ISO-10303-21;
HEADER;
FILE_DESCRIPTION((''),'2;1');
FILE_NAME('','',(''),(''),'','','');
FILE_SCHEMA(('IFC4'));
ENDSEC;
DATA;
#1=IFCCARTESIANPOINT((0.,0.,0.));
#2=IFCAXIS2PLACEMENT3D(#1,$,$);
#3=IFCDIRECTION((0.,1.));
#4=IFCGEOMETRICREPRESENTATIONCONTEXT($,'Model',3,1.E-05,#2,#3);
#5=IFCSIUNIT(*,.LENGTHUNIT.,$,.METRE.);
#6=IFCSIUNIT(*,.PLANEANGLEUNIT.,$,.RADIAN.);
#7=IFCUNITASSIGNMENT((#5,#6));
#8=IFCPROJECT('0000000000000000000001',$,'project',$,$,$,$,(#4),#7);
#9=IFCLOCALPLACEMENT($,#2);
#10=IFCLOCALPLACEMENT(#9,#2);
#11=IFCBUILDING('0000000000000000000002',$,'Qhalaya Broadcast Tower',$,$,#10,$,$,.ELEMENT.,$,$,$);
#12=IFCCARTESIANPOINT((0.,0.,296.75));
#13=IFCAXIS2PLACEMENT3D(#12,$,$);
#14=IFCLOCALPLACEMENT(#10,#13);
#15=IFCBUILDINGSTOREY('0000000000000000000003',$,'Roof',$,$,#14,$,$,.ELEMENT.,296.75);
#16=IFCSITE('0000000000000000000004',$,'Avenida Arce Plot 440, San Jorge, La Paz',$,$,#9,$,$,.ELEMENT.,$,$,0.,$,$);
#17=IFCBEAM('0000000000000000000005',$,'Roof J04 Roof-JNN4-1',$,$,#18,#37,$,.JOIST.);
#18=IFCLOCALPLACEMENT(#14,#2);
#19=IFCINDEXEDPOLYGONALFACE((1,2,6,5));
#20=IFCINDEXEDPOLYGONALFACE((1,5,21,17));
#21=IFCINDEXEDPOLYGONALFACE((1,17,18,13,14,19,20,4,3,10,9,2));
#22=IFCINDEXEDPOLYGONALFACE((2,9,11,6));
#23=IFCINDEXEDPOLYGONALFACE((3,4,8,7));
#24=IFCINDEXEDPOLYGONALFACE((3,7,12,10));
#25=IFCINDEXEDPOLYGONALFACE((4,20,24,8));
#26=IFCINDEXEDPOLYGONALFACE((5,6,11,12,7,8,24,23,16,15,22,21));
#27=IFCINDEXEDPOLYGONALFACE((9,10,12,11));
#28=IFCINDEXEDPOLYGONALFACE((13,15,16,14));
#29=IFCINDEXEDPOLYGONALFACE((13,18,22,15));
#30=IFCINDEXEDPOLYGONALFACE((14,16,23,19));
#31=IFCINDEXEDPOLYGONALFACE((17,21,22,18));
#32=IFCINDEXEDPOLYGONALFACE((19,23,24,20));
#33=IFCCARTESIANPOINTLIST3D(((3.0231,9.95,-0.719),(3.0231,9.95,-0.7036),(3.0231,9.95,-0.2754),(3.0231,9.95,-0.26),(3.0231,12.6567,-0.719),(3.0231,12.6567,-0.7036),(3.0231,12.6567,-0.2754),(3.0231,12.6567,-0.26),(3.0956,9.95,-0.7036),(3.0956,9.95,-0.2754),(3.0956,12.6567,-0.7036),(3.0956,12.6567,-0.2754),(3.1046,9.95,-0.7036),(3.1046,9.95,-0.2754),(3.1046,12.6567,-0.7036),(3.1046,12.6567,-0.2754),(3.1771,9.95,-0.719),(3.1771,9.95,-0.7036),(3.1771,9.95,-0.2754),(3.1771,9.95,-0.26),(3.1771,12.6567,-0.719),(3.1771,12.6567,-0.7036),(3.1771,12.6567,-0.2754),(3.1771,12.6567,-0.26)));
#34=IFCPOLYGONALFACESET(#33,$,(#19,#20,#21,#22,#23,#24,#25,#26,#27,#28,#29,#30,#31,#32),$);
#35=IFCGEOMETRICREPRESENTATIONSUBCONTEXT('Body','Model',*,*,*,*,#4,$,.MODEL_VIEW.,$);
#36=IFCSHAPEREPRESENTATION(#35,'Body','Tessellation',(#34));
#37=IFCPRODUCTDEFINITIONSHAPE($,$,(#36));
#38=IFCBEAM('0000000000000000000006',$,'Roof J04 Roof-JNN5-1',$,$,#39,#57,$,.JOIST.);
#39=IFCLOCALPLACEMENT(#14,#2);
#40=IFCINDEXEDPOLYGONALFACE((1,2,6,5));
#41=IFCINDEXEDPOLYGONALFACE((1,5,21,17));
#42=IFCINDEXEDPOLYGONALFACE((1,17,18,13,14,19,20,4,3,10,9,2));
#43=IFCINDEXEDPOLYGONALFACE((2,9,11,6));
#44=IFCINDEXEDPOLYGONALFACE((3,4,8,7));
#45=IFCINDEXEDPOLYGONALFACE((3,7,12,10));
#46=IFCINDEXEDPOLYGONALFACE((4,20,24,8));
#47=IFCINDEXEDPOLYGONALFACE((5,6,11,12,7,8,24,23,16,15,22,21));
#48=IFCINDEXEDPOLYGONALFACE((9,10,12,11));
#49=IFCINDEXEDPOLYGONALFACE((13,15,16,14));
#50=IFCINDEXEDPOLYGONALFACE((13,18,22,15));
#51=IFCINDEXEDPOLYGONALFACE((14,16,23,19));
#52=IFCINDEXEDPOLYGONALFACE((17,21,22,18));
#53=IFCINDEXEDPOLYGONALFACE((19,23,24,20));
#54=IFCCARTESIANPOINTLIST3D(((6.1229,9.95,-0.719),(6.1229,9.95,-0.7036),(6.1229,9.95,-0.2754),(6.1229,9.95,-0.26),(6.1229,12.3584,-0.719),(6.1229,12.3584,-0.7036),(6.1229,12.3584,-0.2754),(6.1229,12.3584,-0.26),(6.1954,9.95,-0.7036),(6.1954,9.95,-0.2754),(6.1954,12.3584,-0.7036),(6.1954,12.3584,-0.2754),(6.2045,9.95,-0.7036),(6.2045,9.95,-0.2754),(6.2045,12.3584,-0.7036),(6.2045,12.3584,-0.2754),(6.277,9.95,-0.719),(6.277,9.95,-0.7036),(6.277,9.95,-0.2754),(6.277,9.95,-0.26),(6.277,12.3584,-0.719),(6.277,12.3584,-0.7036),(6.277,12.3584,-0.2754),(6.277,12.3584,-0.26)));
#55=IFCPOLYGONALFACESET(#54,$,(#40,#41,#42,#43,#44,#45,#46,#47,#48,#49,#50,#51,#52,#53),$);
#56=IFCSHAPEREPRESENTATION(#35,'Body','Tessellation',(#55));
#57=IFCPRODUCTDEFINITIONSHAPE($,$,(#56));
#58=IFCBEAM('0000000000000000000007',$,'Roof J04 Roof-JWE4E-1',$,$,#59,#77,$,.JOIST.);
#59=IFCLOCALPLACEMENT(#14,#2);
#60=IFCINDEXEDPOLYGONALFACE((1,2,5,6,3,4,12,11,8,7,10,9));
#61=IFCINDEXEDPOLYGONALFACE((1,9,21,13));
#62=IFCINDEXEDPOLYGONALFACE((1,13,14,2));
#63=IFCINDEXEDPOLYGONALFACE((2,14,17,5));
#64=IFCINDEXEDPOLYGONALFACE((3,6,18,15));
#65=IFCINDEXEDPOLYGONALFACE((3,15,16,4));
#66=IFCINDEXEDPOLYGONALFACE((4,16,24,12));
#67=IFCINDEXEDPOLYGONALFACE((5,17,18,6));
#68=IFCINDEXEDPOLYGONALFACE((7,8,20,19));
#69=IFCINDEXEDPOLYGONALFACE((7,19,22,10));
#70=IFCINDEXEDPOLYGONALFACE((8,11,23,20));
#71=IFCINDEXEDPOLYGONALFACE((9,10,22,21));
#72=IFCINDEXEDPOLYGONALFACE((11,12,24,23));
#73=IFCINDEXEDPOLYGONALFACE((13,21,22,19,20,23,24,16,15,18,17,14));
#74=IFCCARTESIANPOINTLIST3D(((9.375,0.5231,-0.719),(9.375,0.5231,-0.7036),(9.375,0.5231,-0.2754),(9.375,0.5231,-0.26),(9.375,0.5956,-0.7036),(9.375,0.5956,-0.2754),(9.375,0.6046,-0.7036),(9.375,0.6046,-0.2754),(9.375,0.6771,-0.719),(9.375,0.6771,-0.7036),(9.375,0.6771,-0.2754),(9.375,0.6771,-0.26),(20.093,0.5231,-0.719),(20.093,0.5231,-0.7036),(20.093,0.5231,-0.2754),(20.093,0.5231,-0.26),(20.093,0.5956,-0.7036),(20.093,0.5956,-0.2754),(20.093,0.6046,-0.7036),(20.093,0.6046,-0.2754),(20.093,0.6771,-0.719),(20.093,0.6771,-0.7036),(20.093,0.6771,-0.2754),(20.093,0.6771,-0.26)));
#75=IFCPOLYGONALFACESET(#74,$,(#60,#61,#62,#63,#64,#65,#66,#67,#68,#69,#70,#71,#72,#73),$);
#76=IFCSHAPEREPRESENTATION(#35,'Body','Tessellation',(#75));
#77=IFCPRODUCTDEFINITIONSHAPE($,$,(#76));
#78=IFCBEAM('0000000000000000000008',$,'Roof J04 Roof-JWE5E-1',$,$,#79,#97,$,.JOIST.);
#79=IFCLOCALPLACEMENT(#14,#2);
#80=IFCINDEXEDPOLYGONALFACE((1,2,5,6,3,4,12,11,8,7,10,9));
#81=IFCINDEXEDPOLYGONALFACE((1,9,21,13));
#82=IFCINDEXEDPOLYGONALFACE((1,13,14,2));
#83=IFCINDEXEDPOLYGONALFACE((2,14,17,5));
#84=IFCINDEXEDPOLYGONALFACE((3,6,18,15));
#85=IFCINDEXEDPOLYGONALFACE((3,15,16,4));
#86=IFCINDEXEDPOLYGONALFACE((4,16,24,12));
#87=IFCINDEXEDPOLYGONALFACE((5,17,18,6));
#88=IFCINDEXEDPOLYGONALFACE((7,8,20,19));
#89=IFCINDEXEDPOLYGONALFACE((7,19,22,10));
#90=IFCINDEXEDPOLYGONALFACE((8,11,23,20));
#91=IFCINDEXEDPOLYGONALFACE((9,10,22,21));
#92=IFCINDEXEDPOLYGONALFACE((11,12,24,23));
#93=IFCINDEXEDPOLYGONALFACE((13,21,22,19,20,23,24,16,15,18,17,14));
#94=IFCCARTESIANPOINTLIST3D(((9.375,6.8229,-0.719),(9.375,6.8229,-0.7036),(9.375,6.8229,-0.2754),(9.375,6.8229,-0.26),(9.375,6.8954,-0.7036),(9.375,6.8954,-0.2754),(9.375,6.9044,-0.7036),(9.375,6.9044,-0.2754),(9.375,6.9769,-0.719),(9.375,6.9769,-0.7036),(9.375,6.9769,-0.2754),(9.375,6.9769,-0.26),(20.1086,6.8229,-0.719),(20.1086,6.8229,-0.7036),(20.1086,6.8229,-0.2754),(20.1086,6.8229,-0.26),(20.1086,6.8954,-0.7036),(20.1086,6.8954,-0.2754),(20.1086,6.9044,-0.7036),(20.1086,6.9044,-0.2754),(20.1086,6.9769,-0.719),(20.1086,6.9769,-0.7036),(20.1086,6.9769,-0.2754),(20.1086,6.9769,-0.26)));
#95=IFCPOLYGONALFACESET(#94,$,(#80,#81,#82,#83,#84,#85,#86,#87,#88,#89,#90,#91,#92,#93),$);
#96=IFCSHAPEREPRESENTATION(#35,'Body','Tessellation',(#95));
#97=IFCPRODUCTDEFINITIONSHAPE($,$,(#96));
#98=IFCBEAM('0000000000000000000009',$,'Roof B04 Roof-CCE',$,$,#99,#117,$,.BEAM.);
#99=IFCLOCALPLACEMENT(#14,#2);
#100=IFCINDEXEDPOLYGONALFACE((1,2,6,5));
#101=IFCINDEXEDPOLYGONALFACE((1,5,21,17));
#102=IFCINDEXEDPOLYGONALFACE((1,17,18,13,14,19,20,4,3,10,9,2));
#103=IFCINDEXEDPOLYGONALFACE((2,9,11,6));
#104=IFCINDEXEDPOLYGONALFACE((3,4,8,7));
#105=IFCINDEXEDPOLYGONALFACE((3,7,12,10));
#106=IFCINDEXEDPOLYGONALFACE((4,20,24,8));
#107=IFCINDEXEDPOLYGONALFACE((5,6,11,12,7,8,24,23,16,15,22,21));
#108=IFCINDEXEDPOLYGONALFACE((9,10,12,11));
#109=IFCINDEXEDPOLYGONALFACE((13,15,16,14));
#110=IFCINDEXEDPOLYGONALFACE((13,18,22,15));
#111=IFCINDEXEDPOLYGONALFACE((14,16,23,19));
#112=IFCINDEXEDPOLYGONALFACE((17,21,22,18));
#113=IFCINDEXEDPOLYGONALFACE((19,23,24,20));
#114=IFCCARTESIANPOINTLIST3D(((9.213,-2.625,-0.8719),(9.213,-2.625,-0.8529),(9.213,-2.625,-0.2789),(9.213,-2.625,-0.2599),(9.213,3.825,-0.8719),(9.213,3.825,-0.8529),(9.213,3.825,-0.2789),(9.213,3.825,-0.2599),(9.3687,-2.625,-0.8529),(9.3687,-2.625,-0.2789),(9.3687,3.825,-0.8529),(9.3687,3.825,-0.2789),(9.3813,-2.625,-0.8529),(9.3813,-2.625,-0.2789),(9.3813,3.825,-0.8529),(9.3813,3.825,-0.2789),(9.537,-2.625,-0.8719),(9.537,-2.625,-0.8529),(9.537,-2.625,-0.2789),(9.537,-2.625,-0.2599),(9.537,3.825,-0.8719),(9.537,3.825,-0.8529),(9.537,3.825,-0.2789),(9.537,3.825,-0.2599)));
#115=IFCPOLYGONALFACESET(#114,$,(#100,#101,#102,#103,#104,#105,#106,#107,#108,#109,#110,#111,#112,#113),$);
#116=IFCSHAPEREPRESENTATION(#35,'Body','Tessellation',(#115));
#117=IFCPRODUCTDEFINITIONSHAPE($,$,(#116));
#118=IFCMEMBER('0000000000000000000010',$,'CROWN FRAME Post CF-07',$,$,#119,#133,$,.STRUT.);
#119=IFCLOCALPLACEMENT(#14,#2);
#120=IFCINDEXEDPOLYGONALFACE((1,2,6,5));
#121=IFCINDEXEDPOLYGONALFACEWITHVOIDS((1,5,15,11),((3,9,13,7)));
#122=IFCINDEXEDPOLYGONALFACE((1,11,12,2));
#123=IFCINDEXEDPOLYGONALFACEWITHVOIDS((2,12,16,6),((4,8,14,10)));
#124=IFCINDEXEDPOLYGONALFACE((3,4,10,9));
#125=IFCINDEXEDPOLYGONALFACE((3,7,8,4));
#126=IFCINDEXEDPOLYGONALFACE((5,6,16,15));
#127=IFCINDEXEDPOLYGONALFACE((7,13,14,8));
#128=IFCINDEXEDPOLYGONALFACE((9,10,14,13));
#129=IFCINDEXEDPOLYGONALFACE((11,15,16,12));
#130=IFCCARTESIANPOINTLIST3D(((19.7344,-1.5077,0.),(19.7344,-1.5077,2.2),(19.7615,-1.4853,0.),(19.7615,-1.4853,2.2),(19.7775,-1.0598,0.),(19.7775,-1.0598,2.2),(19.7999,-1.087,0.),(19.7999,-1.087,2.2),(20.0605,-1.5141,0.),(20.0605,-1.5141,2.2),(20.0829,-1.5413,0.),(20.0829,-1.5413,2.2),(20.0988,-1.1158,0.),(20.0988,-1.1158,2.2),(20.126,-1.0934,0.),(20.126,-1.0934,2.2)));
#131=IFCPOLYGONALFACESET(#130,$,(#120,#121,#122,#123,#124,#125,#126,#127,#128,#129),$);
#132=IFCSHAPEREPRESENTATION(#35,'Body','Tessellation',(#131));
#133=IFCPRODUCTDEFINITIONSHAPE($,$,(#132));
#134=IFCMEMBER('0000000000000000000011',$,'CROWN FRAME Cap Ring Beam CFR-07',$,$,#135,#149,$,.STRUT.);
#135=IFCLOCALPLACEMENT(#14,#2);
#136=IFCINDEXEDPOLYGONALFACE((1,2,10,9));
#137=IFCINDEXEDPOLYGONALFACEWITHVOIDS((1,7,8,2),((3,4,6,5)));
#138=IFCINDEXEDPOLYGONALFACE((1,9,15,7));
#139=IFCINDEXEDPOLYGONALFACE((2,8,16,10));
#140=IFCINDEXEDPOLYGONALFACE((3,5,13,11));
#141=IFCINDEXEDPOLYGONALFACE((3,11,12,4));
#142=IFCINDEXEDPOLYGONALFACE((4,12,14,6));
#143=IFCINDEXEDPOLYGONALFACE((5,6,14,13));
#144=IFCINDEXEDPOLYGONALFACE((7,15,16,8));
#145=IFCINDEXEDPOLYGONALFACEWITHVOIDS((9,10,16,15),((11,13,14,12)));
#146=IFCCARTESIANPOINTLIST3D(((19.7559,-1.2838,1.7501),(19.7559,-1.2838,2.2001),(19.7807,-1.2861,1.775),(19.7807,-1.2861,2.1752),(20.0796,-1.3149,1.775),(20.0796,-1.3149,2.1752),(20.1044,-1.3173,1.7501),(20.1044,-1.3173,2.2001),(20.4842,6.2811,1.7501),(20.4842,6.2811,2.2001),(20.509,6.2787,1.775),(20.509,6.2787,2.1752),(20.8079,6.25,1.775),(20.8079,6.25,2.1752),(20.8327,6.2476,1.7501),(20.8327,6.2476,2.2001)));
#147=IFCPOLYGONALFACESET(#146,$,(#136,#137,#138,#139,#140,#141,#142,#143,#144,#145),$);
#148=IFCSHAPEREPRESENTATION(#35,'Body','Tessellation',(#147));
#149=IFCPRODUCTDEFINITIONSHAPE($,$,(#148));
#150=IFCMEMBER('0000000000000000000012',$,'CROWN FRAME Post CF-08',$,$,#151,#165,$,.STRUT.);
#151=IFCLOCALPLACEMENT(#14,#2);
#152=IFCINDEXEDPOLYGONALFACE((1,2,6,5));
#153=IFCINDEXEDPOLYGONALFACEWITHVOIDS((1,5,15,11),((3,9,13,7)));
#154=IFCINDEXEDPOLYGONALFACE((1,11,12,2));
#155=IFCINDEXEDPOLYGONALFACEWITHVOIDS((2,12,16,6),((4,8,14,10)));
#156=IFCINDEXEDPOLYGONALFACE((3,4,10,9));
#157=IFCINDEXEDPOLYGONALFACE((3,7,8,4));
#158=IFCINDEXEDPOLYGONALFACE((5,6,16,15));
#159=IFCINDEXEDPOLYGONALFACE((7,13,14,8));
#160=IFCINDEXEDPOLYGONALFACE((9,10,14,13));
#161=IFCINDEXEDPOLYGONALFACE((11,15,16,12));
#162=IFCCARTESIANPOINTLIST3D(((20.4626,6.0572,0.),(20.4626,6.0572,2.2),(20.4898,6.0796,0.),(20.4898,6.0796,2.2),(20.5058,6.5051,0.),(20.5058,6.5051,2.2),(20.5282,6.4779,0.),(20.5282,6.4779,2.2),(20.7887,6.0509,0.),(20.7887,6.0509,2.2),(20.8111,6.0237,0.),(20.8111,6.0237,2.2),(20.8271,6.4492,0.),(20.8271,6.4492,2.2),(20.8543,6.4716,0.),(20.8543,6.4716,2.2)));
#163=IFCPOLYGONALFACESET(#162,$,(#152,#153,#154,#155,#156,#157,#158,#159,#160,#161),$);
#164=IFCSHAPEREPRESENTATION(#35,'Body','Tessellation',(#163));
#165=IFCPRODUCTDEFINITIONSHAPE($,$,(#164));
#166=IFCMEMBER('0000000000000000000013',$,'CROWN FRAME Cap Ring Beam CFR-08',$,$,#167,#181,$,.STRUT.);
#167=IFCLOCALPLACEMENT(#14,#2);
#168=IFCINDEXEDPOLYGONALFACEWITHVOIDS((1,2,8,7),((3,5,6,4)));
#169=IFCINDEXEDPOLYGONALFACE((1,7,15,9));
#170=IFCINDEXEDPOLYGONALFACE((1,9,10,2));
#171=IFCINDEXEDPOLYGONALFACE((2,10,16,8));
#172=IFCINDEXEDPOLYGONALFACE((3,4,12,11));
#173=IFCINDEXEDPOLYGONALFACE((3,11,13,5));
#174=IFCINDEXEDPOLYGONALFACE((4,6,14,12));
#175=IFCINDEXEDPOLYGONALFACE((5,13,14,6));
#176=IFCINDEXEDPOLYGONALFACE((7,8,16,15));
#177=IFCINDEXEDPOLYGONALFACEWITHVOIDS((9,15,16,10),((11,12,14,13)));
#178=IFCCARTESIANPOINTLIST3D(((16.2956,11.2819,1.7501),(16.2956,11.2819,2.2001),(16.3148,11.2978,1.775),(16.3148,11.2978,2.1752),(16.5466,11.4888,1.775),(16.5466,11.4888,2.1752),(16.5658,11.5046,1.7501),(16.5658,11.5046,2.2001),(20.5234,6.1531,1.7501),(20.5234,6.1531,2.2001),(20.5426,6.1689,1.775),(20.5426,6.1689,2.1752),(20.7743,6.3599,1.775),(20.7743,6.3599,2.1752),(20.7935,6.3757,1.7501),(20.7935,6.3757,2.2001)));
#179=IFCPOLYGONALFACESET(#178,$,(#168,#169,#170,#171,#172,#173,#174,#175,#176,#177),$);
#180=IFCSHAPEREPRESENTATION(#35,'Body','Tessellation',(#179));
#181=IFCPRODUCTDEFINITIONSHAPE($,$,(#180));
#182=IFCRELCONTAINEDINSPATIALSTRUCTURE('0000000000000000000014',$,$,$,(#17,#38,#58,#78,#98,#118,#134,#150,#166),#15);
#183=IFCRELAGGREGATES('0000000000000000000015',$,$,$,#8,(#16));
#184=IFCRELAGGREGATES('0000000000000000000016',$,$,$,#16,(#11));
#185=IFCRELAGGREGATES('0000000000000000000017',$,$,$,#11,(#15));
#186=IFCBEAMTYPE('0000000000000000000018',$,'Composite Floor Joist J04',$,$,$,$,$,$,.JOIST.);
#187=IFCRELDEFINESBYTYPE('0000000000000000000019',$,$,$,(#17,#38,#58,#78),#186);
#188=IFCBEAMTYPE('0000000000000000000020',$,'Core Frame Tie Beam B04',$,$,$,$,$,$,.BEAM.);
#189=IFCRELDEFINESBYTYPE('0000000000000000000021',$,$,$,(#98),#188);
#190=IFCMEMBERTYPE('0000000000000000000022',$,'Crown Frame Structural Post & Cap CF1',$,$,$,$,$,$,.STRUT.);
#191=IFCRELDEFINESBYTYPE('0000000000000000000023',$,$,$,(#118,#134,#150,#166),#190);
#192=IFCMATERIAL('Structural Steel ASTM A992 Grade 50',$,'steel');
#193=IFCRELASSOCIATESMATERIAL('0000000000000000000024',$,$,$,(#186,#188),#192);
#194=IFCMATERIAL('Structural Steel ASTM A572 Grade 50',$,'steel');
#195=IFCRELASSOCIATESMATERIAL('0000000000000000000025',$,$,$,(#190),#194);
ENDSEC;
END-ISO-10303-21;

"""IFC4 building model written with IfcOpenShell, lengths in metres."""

from ifc_helpers import new_model, si_unit, direction, frame, origin, origin_2d, place, context, subcontext, project, spatial, hollow_rectangle, i_section, extrude, material, material_profile, profile_set, type_object, element, save


model = new_model("IFC4")

# Units and contexts
model_context = context("Model", 3, precision=1e-05, world=origin(), true_north=direction((0.0, 1.0)))
body_context = subcontext(model_context, "Body", "Model", "MODEL_VIEW")
ifc_project = project(units=[si_unit("LENGTHUNIT", "METRE"), si_unit("PLANEANGLEUNIT", "RADIAN")], contexts=[model_context])

# Site, building, storey
site_placement = place(None, origin())
site = spatial("IfcSite", under=ifc_project, at=site_placement, Name="Avenida Arce Plot 440, San Jorge, La Paz", CompositionType="ELEMENT", RefElevation=0.0)
building_placement = place(site_placement, origin())
building = spatial("IfcBuilding", under=site, at=building_placement, Name="Qhalaya Broadcast Tower", CompositionType="ELEMENT")
storey_placement = place(building_placement, frame((0.0, 0.0, 296.75)))
storey = spatial("IfcBuildingStorey", under=building, at=storey_placement, Name="Roof", CompositionType="ELEMENT", Elevation=296.75)

# Beams
ifc_material_1 = material(Name="Structural Steel ASTM A992 Grade 50", Category="steel")
ifc_material_profile_1 = material_profile(ifc_material_1, i_section(OverallWidth=0.1541, OverallDepth=0.459, WebThickness=0.009, FlangeThickness=0.0154, at=origin_2d()), Name="W18X46")
ifc_profile_set_1 = profile_set([ifc_material_profile_1], Name="Structural Steel ASTM A992 Grade 50")
beam_type_1 = type_object("IfcBeamType", Name="Composite Floor Joist J04", PredefinedType="JOIST", material=ifc_profile_set_1)
beam_1_placement = place(storey_placement, frame((3.1001, 9.95, -0.4895), z_axis=(0.0, 1.0, 0.0), x_axis=(-1.0, 0.0, 0.0)))
element("IfcBeam", 1, at=beam_1_placement, inside=storey, type_object=beam_type_1, Name="Roof J04 Roof-JNN4-1", PredefinedType="JOIST", context=body_context, shape_type="SweptSolid", body=[
    extrude(i_section(OverallWidth=0.1541, OverallDepth=0.459, WebThickness=0.009, FlangeThickness=0.0154, at=origin_2d()), origin(), (0.0, 0.0, 1.0), 2.7068),
])
beam_2_placement = place(storey_placement, frame((6.2, 9.95, -0.4895), z_axis=(0.0, 1.0, 0.0), x_axis=(-1.0, 0.0, 0.0)))
element("IfcBeam", 2, at=beam_2_placement, inside=storey, type_object=beam_type_1, Name="Roof J04 Roof-JNN5-1", PredefinedType="JOIST", context=body_context, shape_type="SweptSolid", body=[
    extrude(i_section(OverallWidth=0.1541, OverallDepth=0.459, WebThickness=0.009, FlangeThickness=0.0154, at=origin_2d()), origin(), (0.0, 0.0, 1.0), 2.4084),
])
beam_3_placement = place(storey_placement, frame((9.375, 0.6001, -0.4895), z_axis=(1.0, 0.0, 0.0), x_axis=(0.0, 1.0, 0.0)))
element("IfcBeam", 3, at=beam_3_placement, inside=storey, type_object=beam_type_1, Name="Roof J04 Roof-JWE4E-1", PredefinedType="JOIST", context=body_context, shape_type="SweptSolid", body=[
    extrude(i_section(OverallWidth=0.1541, OverallDepth=0.459, WebThickness=0.009, FlangeThickness=0.0154, at=origin_2d()), origin(), (0.0, 0.0, 1.0), 10.718),
])
beam_4_placement = place(storey_placement, frame((9.375, 6.8999, -0.4895), z_axis=(1.0, 0.0, 0.0), x_axis=(0.0, 1.0, 0.0)))
element("IfcBeam", 4, at=beam_4_placement, inside=storey, type_object=beam_type_1, Name="Roof J04 Roof-JWE5E-1", PredefinedType="JOIST", context=body_context, shape_type="SweptSolid", body=[
    extrude(i_section(OverallWidth=0.1541, OverallDepth=0.459, WebThickness=0.009, FlangeThickness=0.0154, at=origin_2d()), origin(), (0.0, 0.0, 1.0), 10.7336),
])
ifc_material_profile_2 = material_profile(ifc_material_1, i_section(OverallWidth=0.324, OverallDepth=0.6121, WebThickness=0.0127, FlangeThickness=0.019, at=origin_2d()), Name="W24X104")
ifc_profile_set_2 = profile_set([ifc_material_profile_2], Name="Structural Steel ASTM A992 Grade 50")
beam_type_2 = type_object("IfcBeamType", Name="Core Frame Tie Beam B04", PredefinedType="BEAM", material=ifc_profile_set_2)
beam_5_placement = place(storey_placement, frame((9.375, -2.625, -0.5659), z_axis=(0.0, 1.0, 0.0), x_axis=(-1.0, 0.0, 0.0)))
element("IfcBeam", 5, at=beam_5_placement, inside=storey, type_object=beam_type_2, Name="Roof B04 Roof-CCE", PredefinedType="BEAM", context=body_context, shape_type="SweptSolid", body=[
    extrude(i_section(OverallWidth=0.324, OverallDepth=0.6121, WebThickness=0.0127, FlangeThickness=0.019, at=origin_2d()), origin(), (0.0, 0.0, 1.0), 6.45),
])

# Members
ifc_material_2 = material(Name="Structural Steel ASTM A572 Grade 50", Category="steel")
ifc_material_profile_3 = material_profile(ifc_material_2, hollow_rectangle(XDim=0.3501, YDim=0.45, WallThickness=0.0249, at=origin_2d()), Name="BOX 350x450x25")
ifc_profile_set_3 = profile_set([ifc_material_profile_3], Name="Structural Steel ASTM A572 Grade 50")
member_type = type_object("IfcMemberType", Name="Crown Frame Structural Post & Cap CF1", PredefinedType="STRUT", material=ifc_profile_set_3)
member_1_placement = place(storey_placement, frame((19.9302, -1.3005, 0.0), z_axis=(0.0, 0.0, 1.0), x_axis=(0.995396, -0.095846, 0.0)))
element("IfcMember", 6, at=member_1_placement, inside=storey, type_object=member_type, Name="CROWN FRAME Post CF-07", PredefinedType="STRUT", context=body_context, shape_type="SweptSolid", body=[
    extrude(hollow_rectangle(XDim=0.3501, YDim=0.45, WallThickness=0.0249, at=origin_2d()), origin(), (0.0, 0.0, 1.0), 2.2),
])
member_2_placement = place(storey_placement, frame((19.9302, -1.3005, 1.9751), z_axis=(0.095826, 0.995398, 0.0), x_axis=(-0.995398, 0.095826, 0.0)))
element("IfcMember", 7, at=member_2_placement, inside=storey, type_object=member_type, Name="CROWN FRAME Cap Ring Beam CFR-07", PredefinedType="STRUT", context=body_context, shape_type="SweptSolid", body=[
    extrude(hollow_rectangle(XDim=0.3501, YDim=0.45, WallThickness=0.0249, at=origin_2d()), origin(), (0.0, 0.0, 1.0), 7.5999),
])
member_3_placement = place(storey_placement, frame((20.6584, 6.2644, 0.0), z_axis=(0.0, 0.0, 1.0), x_axis=(0.995396, -0.095846, 0.0)))
element("IfcMember", 8, at=member_3_placement, inside=storey, type_object=member_type, Name="CROWN FRAME Post CF-08", PredefinedType="STRUT", context=body_context, shape_type="SweptSolid", body=[
    extrude(hollow_rectangle(XDim=0.3501, YDim=0.45, WallThickness=0.0249, at=origin_2d()), origin(), (0.0, 0.0, 1.0), 2.2),
])
member_4_placement = place(storey_placement, frame((20.6584, 6.2644, 1.9751), z_axis=(-0.636064, 0.771636, 0.0), x_axis=(-0.771636, -0.636064, 0.0)))
element("IfcMember", 9, at=member_4_placement, inside=storey, type_object=member_type, Name="CROWN FRAME Cap Ring Beam CFR-08", PredefinedType="STRUT", context=body_context, shape_type="SweptSolid", body=[
    extrude(hollow_rectangle(XDim=0.3501, YDim=0.45, WallThickness=0.0249, at=origin_2d()), origin(), (0.0, 0.0, 1.0), 6.6467),
])

save(model, "model.ifc")
